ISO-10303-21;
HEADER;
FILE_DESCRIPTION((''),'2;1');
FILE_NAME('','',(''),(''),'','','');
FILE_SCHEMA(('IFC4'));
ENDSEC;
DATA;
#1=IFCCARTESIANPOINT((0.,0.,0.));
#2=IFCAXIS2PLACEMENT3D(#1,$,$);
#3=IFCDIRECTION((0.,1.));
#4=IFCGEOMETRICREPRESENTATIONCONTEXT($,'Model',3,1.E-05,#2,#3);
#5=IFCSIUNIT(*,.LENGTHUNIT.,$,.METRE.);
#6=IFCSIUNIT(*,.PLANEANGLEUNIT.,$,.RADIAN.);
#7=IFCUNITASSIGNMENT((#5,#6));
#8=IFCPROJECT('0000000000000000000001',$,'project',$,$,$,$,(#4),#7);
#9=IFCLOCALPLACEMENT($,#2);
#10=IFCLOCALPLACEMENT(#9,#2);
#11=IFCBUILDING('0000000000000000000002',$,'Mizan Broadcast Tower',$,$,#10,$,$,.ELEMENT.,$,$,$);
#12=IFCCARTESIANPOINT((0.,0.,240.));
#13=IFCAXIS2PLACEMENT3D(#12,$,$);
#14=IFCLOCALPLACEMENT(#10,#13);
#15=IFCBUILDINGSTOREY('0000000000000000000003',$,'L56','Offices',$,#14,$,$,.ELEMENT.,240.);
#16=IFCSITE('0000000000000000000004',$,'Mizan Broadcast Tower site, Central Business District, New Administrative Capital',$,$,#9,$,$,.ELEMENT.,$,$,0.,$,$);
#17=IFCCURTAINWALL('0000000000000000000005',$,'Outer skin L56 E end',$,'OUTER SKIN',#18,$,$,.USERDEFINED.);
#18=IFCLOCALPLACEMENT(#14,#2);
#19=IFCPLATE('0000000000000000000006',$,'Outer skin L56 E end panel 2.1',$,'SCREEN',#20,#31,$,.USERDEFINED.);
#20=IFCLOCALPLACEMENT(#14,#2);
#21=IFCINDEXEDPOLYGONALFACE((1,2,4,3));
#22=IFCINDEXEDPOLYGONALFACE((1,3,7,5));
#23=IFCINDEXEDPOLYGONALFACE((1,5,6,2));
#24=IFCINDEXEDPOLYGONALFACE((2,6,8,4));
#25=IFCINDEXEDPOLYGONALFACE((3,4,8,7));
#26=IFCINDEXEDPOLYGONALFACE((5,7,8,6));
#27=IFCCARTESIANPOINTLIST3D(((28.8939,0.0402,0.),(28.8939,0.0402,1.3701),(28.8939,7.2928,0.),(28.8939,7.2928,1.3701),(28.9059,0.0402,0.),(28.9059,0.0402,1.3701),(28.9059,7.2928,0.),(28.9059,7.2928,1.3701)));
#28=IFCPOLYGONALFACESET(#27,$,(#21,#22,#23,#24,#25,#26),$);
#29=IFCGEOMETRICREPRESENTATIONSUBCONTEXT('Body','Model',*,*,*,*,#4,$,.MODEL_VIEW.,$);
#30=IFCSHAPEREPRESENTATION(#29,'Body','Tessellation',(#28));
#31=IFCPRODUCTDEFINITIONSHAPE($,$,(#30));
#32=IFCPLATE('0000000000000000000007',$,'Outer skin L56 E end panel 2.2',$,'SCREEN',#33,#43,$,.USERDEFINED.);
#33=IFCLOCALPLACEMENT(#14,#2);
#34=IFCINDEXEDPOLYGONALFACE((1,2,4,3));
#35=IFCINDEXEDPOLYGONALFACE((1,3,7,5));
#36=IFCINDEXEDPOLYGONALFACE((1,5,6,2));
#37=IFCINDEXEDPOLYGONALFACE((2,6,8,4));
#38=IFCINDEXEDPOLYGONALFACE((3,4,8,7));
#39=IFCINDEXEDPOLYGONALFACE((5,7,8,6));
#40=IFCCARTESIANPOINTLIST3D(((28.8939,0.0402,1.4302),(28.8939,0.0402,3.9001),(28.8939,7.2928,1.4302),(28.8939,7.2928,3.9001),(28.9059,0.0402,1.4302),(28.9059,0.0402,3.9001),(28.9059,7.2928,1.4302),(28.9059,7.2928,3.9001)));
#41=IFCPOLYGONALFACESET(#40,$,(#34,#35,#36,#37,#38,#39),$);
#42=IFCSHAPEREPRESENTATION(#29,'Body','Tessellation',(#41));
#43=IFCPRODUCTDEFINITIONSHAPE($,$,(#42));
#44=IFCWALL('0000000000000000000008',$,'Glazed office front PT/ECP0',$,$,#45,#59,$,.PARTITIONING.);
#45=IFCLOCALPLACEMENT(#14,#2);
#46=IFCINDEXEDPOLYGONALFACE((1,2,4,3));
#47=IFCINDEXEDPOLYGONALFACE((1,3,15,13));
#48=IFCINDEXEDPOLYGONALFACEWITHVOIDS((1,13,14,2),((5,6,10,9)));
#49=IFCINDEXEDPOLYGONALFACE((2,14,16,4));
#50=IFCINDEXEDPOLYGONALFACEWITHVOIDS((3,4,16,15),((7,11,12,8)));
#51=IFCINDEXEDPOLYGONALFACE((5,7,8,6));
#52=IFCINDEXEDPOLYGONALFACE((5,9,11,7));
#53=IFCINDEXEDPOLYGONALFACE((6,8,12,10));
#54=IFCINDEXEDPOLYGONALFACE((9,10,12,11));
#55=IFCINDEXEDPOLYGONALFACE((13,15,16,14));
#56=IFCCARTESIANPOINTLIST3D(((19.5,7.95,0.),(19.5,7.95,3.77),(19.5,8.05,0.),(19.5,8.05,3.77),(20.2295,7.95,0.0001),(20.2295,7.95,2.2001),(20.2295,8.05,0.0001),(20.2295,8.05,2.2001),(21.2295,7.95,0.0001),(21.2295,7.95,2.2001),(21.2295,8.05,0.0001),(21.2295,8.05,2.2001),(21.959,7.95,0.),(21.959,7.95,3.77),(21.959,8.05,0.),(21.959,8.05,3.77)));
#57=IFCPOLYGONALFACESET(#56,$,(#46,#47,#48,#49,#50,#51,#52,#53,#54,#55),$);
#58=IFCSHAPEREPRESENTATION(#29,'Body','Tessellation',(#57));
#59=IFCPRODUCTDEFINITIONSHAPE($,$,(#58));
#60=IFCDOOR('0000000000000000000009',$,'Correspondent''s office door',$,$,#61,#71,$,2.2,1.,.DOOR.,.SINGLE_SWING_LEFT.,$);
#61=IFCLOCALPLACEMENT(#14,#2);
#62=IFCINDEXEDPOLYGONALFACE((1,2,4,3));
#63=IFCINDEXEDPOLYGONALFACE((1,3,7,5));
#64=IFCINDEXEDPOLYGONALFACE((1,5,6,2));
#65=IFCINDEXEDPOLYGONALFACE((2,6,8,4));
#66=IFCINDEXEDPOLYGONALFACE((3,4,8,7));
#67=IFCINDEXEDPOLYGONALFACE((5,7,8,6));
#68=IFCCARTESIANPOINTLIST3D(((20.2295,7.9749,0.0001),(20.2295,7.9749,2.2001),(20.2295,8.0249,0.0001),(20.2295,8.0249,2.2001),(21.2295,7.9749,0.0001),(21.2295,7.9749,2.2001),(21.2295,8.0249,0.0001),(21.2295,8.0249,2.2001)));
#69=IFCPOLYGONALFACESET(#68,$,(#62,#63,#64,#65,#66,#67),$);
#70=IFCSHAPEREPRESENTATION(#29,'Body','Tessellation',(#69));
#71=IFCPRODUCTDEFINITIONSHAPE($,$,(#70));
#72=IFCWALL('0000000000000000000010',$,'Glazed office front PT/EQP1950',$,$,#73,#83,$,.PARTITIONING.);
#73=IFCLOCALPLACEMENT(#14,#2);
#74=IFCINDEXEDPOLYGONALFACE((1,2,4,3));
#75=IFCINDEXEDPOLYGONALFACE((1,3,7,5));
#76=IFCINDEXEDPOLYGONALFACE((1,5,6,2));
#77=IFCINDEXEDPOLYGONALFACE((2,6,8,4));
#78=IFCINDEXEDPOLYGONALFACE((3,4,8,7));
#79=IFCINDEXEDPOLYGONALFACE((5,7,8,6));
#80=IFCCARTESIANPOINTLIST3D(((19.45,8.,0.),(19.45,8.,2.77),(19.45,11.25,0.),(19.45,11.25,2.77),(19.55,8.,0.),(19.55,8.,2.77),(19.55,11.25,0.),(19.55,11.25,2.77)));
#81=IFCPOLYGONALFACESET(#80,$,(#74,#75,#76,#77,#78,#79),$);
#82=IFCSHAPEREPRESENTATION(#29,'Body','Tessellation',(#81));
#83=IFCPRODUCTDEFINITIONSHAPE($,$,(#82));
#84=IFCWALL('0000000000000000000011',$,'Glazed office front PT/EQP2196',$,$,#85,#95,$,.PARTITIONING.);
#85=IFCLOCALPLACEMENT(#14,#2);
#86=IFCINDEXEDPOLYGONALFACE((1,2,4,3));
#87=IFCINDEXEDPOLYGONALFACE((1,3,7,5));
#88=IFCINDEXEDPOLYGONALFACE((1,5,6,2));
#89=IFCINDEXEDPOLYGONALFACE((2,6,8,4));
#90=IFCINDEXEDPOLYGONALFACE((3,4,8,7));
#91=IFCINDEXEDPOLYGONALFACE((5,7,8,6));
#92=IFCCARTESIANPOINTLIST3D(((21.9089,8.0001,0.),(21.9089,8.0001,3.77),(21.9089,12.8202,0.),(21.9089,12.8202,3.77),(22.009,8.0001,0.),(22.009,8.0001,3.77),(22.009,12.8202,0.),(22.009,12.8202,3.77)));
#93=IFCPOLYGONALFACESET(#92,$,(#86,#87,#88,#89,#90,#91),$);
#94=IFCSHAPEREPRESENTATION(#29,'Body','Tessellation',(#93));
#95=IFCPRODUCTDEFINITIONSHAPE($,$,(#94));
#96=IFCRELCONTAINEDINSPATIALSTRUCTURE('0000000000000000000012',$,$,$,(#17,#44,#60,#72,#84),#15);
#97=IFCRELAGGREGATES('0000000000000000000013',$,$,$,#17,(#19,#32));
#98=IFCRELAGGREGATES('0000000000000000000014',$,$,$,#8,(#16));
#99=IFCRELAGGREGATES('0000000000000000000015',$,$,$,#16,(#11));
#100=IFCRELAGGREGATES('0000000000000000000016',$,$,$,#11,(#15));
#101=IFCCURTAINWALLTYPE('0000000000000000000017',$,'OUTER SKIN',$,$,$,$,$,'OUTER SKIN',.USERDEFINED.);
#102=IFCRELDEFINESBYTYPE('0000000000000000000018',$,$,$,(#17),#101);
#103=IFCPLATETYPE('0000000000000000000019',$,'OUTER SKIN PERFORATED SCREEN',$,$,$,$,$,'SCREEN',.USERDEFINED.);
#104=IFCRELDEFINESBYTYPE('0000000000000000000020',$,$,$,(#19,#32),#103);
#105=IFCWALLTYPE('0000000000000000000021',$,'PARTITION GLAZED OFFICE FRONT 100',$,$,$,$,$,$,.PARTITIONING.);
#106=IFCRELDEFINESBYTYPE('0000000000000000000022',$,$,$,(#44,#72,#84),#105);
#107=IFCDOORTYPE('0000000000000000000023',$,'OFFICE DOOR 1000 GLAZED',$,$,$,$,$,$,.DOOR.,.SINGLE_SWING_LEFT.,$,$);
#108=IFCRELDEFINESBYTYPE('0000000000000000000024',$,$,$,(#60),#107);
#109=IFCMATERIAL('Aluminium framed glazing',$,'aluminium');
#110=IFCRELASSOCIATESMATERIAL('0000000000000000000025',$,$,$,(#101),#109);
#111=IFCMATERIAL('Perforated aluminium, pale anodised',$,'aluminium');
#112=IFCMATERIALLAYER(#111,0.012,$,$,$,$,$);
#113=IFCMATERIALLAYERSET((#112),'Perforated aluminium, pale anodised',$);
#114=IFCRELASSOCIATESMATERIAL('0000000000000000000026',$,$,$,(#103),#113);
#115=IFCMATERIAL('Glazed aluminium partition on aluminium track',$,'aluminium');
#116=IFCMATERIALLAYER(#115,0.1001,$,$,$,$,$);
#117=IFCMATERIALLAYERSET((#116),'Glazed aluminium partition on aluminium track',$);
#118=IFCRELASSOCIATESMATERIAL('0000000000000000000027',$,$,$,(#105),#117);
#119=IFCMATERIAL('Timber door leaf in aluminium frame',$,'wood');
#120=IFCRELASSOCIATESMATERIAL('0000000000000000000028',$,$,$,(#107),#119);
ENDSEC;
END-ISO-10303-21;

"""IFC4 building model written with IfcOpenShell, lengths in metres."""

from ifc_helpers import new_model, si_unit, direction, frame, frame_2d, origin, origin_2d, place, context, subcontext, project, spatial, rectangle, extrude, material, layer, layer_set, type_object, element, fill, aggregate, save


model = new_model("IFC4")

# Units and contexts
model_context = context("Model", 3, precision=1e-05, world=origin(), true_north=direction((0.0, 1.0)))
body_context = subcontext(model_context, "Body", "Model", "MODEL_VIEW")
ifc_project = project(units=[si_unit("LENGTHUNIT", "METRE"), si_unit("PLANEANGLEUNIT", "RADIAN")], contexts=[model_context])

# Site, building, storey
site_placement = place(None, origin())
site = spatial("IfcSite", under=ifc_project, at=site_placement, Name="Mizan Broadcast Tower site, Central Business District, New Administrative Capital", CompositionType="ELEMENT", RefElevation=0.0)
building_placement = place(site_placement, origin())
building = spatial("IfcBuilding", under=site, at=building_placement, Name="Mizan Broadcast Tower", CompositionType="ELEMENT")
storey_placement = place(building_placement, frame((0.0, 0.0, 240.0)))
storey = spatial("IfcBuildingStorey", under=building, at=storey_placement, Name="L56", Description="Offices", CompositionType="ELEMENT", Elevation=240.0)

# Curtain wall
ifc_material_1 = material(Name="Aluminium framed glazing", Category="aluminium")
curtain_wall_type_1 = type_object("IfcCurtainWallType", Name="OUTER SKIN", ElementType="OUTER SKIN", PredefinedType="USERDEFINED", material=ifc_material_1)
curtain_wall_1_placement = place(storey_placement, origin())
curtain_wall_1 = element("IfcCurtainWall", 1, at=curtain_wall_1_placement, inside=storey, type_object=curtain_wall_type_1, Name="Outer skin L56 E end", ObjectType="OUTER SKIN", PredefinedType="USERDEFINED")

# Plates
ifc_material_2 = material(Name="Perforated aluminium, pale anodised", Category="aluminium")
ifc_layer_1 = layer(ifc_material_2, 0.012)
ifc_layer_set_1 = layer_set([ifc_layer_1], Name="Perforated aluminium, pale anodised")
plate_type_1 = type_object("IfcPlateType", Name="OUTER SKIN PERFORATED SCREEN", ElementType="SCREEN", PredefinedType="USERDEFINED", material=ifc_layer_set_1)
plate_1_placement = place(storey_placement, frame((28.8999, 3.6665, 0.0), z_axis=(0.0, 0.0, 1.0), x_axis=(0.0, 1.0, 0.0)))
plate_1 = element("IfcPlate", 2, at=plate_1_placement, type_object=plate_type_1, Name="Outer skin L56 E end panel 2.1", ObjectType="SCREEN", PredefinedType="USERDEFINED", context=body_context, shape_type="SweptSolid", body=[
    extrude(rectangle(XDim=7.2527, YDim=0.012, at=origin_2d()), origin(), (0.0, 0.0, 1.0), 1.3701),
])
plate_2_placement = place(storey_placement, frame((28.8999, 3.6665, 1.4302), z_axis=(0.0, 0.0, 1.0), x_axis=(0.0, 1.0, 0.0)))
plate_2 = element("IfcPlate", 3, at=plate_2_placement, type_object=plate_type_1, Name="Outer skin L56 E end panel 2.2", ObjectType="SCREEN", PredefinedType="USERDEFINED", context=body_context, shape_type="SweptSolid", body=[
    extrude(rectangle(XDim=7.2527, YDim=0.012, at=origin_2d()), origin(), (0.0, 0.0, 1.0), 2.47),
])
aggregate(curtain_wall_1, [plate_1, plate_2])

# Wall, opening, door
ifc_material_3 = material(Name="Glazed aluminium partition on aluminium track", Category="aluminium")
ifc_layer_2 = layer(ifc_material_3, 0.1001)
ifc_layer_set_2 = layer_set([ifc_layer_2], Name="Glazed aluminium partition on aluminium track")
wall_type = type_object("IfcWallType", Name="PARTITION GLAZED OFFICE FRONT 100", PredefinedType="PARTITIONING", material=ifc_layer_set_2)
wall_1_placement = place(storey_placement, frame((19.5, 8.0, 0.0), z_axis=(0.0, 0.0, 1.0), x_axis=(1.0, 0.0, 0.0)))
wall_1 = element("IfcWall", 4, at=wall_1_placement, inside=storey, type_object=wall_type, Name="Glazed office front PT/ECP0", PredefinedType="PARTITIONING", context=body_context, shape_type="SweptSolid", body=[
    extrude(rectangle(XDim=2.459, YDim=0.1001, at=frame_2d((1.2295, 0.0))), origin(), (0.0, 0.0, 1.0), 3.77),
])
opening_placement = place(wall_1_placement, frame((0.7295, 0.0, 0.0)))
opening = element("IfcOpeningElement", 5, at=opening_placement, cuts=wall_1, PredefinedType="OPENING", context=body_context, shape_type="SweptSolid", body=[
    extrude(rectangle(XDim=1.0, YDim=2.2, at=frame_2d((0.5, 1.1001))), frame((0.0, 0.0601, 0.0), z_axis=(0.0, -1.0, 0.0), x_axis=(1.0, 0.0, 0.0)), (0.0, 0.0, 1.0), 0.1201),
])
ifc_material_4 = material(Name="Timber door leaf in aluminium frame", Category="wood")
door_type = type_object("IfcDoorType", Name="OFFICE DOOR 1000 GLAZED", OperationType="SINGLE_SWING_LEFT", PredefinedType="DOOR", material=ifc_material_4)
door_placement = place(opening_placement, origin())
door = element("IfcDoor", 6, at=door_placement, inside=storey, type_object=door_type, Name="Correspondent's office door", OperationType="SINGLE_SWING_LEFT", OverallHeight=2.2, OverallWidth=1.0, PredefinedType="DOOR", context=body_context, shape_type="SweptSolid", body=[
    extrude(rectangle(XDim=1.0, YDim=2.2, at=frame_2d((0.5, 1.1001))), frame((0.0, 0.0249, 0.0), z_axis=(0.0, -1.0, 0.0), x_axis=(1.0, 0.0, 0.0)), (0.0, 0.0, 1.0), 0.05),
])
fill(opening, door)

# Walls
wall_2_placement = place(storey_placement, frame((19.5, 8.0, 0.0), z_axis=(0.0, 0.0, 1.0), x_axis=(0.0, 1.0, 0.0)))
element("IfcWall", 7, at=wall_2_placement, inside=storey, type_object=wall_type, Name="Glazed office front PT/EQP1950", PredefinedType="PARTITIONING", context=body_context, shape_type="SweptSolid", body=[
    extrude(rectangle(XDim=3.25, YDim=0.1001, at=frame_2d((1.625, 0.0))), origin(), (0.0, 0.0, 1.0), 2.77),
])
wall_3_placement = place(storey_placement, frame((21.959, 8.0, 0.0), z_axis=(0.0, 0.0, 1.0), x_axis=(0.0, 1.0, 0.0)))
element("IfcWall", 8, at=wall_3_placement, inside=storey, type_object=wall_type, Name="Glazed office front PT/EQP2196", PredefinedType="PARTITIONING", context=body_context, shape_type="SweptSolid", body=[
    extrude(rectangle(XDim=4.8201, YDim=0.1001, at=frame_2d((2.4102, 0.0))), origin(), (0.0, 0.0, 1.0), 3.77),
])

save(model, "model.ifc")
